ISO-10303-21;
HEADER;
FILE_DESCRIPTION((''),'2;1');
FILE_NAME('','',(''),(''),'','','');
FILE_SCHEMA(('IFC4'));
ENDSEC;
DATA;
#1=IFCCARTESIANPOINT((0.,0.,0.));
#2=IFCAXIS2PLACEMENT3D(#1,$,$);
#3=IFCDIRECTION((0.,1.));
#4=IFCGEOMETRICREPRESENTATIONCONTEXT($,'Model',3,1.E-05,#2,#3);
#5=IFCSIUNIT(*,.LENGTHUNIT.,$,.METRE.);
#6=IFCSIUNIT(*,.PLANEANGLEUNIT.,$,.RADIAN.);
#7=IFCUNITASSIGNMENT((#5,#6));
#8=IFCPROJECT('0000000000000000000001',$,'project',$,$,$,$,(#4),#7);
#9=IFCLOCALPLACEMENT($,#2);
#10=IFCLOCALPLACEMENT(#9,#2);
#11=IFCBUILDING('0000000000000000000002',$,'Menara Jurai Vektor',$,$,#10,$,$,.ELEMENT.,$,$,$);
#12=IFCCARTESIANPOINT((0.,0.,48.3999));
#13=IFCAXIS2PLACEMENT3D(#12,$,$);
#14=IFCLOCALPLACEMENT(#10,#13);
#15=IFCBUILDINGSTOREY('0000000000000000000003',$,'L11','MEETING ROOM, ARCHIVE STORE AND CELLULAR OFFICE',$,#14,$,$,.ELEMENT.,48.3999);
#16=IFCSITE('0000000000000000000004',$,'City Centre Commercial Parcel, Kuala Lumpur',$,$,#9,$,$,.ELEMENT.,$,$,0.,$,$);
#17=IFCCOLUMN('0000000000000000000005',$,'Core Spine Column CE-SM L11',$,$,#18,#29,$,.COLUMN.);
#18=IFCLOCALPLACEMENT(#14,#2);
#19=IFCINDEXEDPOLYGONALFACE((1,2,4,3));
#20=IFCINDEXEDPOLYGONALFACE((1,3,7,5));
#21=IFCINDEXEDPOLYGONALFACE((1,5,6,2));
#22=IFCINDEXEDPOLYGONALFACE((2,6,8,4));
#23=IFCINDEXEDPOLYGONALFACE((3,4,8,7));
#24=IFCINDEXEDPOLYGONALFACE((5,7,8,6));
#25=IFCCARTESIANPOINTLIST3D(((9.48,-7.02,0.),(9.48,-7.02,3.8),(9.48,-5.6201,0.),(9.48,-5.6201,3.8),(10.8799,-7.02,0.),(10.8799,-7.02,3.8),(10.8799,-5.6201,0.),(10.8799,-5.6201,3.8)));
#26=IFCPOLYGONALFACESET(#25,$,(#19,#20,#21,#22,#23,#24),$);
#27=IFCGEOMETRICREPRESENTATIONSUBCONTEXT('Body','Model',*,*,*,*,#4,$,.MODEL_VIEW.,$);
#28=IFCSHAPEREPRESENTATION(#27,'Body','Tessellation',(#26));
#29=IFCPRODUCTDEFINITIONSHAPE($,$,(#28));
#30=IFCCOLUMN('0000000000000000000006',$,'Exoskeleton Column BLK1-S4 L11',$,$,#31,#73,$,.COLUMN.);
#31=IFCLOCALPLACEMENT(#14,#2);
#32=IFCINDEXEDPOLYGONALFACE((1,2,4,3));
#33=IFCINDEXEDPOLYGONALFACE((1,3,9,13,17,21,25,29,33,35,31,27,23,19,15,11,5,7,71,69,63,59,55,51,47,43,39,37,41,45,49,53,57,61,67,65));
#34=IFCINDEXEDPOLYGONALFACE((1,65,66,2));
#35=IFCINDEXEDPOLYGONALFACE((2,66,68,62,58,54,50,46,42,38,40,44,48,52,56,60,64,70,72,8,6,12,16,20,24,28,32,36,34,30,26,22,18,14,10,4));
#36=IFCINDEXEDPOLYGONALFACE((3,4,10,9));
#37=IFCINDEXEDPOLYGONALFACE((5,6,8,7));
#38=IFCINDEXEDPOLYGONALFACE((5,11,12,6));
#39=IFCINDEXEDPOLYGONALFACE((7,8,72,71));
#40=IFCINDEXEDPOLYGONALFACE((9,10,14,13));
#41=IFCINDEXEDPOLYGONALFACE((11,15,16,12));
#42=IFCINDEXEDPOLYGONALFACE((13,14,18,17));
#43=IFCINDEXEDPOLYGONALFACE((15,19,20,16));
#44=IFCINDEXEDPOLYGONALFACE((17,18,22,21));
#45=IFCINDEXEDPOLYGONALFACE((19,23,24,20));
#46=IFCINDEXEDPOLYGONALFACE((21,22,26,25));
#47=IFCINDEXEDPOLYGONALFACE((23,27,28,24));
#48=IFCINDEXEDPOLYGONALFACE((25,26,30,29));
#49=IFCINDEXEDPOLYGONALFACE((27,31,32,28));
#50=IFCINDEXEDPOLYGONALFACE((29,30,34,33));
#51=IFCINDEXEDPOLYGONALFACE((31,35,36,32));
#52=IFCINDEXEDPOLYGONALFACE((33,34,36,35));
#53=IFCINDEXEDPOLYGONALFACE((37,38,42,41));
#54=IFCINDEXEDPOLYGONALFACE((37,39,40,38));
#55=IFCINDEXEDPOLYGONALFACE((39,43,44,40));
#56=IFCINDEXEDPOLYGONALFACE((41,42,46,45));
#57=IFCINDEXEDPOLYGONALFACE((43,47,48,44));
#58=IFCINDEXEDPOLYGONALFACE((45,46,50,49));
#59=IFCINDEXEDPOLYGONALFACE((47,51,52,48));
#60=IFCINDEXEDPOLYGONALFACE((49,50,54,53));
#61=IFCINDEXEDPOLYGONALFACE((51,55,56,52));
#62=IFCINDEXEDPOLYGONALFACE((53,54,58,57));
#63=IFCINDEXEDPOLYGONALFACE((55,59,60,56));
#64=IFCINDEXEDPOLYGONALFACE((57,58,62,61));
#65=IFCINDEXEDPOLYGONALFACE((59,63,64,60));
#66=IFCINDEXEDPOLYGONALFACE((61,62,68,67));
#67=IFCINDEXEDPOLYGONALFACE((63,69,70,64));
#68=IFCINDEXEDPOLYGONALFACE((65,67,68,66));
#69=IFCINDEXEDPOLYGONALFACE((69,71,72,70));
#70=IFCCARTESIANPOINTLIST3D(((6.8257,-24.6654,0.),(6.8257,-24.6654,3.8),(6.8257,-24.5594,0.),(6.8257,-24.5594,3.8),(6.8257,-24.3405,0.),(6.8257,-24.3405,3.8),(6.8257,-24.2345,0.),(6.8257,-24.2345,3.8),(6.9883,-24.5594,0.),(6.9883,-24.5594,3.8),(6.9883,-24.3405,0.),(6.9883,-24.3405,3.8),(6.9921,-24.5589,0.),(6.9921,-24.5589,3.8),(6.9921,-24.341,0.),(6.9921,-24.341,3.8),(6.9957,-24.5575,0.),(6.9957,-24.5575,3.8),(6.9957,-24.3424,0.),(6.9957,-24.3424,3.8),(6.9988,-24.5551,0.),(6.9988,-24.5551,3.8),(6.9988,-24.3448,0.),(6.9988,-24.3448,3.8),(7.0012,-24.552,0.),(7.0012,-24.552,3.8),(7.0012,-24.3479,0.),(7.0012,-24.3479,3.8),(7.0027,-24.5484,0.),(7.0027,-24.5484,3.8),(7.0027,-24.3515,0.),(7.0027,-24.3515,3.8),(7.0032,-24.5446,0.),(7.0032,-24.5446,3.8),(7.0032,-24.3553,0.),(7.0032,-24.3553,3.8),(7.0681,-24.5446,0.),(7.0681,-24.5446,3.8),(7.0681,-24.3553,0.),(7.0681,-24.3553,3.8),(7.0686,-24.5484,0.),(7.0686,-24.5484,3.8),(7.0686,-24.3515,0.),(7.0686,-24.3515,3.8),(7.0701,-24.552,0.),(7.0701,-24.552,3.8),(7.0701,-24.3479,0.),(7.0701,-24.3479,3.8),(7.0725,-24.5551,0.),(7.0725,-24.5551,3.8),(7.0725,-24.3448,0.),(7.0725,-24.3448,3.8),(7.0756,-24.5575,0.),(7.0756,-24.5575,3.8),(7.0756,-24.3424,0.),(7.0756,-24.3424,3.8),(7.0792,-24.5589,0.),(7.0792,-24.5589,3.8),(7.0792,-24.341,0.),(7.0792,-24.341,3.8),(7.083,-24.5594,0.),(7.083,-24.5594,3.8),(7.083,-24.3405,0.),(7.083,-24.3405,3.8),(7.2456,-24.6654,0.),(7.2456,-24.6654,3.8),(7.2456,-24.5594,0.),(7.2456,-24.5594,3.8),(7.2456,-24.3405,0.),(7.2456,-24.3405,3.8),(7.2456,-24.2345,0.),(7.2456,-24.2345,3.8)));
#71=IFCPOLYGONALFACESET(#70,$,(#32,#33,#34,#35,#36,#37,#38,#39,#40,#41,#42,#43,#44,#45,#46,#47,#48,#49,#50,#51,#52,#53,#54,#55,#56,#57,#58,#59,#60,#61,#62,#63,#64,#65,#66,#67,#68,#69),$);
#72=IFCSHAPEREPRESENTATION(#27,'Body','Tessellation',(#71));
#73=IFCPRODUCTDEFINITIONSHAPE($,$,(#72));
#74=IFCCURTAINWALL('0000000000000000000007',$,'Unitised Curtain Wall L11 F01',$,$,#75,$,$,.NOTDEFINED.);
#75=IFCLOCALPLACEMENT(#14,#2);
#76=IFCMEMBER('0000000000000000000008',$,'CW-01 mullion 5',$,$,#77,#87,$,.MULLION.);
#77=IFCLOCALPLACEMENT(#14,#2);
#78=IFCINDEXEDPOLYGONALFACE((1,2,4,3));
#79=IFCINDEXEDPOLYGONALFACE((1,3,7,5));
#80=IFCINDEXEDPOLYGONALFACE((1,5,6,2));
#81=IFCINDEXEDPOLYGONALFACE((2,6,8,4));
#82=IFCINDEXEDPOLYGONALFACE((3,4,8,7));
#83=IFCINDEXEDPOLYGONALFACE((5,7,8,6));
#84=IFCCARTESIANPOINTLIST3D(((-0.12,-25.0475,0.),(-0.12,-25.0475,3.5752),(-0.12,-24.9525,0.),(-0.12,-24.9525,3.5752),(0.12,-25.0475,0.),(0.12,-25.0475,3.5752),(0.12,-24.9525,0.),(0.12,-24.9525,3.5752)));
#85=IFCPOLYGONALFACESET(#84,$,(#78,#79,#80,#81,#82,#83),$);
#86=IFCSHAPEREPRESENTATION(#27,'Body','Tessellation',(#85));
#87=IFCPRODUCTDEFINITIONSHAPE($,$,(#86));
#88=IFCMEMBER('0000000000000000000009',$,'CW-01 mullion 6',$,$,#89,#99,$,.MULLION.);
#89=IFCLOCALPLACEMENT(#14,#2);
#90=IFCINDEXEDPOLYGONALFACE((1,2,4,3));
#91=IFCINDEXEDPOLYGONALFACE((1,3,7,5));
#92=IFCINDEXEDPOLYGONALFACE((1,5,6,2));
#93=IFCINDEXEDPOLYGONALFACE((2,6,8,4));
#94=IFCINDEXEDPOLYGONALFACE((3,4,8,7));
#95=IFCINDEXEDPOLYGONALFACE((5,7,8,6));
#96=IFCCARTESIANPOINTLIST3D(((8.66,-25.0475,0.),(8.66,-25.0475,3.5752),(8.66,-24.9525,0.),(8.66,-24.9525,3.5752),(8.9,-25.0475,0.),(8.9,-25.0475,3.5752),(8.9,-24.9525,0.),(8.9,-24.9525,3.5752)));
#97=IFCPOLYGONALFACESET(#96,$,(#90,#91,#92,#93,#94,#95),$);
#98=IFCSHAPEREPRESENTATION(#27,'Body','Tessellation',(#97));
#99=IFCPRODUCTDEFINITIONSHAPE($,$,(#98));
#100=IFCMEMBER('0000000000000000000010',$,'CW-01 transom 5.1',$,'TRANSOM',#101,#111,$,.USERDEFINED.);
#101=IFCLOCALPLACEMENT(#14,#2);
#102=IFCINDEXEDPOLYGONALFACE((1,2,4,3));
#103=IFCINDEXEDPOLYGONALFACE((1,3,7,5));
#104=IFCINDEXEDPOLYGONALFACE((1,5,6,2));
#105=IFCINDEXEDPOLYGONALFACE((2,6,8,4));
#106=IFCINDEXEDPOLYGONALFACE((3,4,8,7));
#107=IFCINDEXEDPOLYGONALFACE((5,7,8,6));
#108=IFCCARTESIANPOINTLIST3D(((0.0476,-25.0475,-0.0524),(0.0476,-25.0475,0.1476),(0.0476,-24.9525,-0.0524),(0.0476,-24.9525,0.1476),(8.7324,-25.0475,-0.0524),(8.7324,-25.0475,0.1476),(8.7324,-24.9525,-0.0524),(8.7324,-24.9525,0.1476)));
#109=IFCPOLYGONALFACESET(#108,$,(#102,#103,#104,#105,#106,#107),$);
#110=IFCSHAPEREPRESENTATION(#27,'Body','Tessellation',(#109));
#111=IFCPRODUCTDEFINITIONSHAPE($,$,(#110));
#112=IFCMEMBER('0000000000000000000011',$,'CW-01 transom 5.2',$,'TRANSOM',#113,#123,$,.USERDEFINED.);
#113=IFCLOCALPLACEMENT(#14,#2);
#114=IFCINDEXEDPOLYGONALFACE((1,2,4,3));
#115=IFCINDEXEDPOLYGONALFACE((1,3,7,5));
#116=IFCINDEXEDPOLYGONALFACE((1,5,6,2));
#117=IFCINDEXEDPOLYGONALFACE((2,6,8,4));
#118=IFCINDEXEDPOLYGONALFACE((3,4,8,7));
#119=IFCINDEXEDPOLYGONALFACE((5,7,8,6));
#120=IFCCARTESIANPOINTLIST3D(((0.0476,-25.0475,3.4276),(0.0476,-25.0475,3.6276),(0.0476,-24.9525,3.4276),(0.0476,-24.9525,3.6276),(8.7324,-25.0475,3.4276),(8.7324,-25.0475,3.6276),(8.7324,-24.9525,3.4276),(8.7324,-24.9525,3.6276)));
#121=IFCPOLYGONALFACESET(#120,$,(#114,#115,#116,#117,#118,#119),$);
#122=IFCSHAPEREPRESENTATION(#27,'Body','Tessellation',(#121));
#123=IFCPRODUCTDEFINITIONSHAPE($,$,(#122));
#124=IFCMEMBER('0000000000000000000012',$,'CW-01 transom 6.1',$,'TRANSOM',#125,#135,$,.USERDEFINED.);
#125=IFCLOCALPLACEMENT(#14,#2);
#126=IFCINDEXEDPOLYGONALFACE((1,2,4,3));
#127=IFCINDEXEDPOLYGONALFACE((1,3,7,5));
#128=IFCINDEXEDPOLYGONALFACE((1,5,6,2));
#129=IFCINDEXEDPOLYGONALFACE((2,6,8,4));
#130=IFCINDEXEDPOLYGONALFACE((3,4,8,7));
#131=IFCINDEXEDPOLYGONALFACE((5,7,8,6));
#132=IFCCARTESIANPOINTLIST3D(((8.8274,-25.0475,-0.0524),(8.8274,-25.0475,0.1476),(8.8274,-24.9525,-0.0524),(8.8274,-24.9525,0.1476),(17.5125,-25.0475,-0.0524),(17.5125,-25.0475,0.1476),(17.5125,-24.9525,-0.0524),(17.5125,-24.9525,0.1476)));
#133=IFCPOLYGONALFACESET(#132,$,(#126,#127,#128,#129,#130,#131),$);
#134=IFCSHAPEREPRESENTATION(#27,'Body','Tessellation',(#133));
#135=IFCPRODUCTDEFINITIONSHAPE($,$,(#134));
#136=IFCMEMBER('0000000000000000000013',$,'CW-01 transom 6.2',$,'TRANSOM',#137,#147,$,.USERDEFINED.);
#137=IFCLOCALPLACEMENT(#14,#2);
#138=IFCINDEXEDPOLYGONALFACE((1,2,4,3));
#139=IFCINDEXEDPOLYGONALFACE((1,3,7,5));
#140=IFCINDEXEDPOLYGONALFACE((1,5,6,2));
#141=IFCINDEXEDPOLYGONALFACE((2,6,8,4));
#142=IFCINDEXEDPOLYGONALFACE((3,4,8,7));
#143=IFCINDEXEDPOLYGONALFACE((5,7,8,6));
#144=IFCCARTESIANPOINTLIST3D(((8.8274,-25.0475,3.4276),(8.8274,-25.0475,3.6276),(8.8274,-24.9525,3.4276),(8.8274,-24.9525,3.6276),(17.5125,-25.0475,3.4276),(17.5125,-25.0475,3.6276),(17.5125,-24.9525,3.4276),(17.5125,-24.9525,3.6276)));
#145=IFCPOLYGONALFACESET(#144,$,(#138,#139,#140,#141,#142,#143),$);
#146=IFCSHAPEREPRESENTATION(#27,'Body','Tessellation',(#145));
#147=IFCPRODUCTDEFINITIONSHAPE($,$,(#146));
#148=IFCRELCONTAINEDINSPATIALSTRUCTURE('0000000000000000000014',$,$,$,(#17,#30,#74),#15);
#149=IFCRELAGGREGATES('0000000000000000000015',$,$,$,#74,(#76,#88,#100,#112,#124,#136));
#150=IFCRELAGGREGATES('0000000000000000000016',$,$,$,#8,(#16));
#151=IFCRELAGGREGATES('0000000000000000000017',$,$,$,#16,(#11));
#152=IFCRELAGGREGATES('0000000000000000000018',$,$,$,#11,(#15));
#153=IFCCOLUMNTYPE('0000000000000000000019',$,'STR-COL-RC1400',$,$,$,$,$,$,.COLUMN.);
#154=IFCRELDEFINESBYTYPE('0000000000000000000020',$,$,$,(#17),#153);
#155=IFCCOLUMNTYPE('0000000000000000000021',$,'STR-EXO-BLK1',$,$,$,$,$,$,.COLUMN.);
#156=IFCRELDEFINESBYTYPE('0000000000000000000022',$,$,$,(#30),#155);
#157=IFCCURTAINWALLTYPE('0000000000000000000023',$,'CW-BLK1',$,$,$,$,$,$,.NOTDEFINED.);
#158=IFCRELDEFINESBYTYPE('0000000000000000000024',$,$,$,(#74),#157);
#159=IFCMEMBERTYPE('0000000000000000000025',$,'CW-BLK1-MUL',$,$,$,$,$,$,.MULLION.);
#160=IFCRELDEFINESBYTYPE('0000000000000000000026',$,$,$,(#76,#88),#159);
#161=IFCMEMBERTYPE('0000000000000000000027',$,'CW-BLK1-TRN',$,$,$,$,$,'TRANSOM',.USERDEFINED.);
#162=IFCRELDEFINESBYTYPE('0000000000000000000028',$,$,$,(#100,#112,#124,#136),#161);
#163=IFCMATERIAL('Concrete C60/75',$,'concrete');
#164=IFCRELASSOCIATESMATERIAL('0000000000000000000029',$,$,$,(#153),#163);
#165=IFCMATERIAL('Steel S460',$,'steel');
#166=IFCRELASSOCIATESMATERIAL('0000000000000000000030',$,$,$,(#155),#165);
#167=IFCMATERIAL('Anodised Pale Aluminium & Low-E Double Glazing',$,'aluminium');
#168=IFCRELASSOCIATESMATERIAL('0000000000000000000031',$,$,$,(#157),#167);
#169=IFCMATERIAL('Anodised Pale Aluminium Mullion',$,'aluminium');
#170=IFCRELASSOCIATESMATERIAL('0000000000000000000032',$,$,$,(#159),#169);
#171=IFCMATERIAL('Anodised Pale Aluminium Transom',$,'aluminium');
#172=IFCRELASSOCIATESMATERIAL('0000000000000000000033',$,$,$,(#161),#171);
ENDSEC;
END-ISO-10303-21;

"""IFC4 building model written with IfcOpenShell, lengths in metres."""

from ifc_helpers import new_model, si_unit, direction, frame, origin, origin_2d, place, context, subcontext, project, spatial, rectangle, i_section, extrude, material, material_profile, profile_set, type_object, element, aggregate, save


model = new_model("IFC4")

# Units and contexts
model_context = context("Model", 3, precision=1e-05, world=origin(), true_north=direction((0.0, 1.0)))
body_context = subcontext(model_context, "Body", "Model", "MODEL_VIEW")
ifc_project = project(units=[si_unit("LENGTHUNIT", "METRE"), si_unit("PLANEANGLEUNIT", "RADIAN")], contexts=[model_context])

# Site, building, storey
site_placement = place(None, origin())
site = spatial("IfcSite", under=ifc_project, at=site_placement, Name="City Centre Commercial Parcel, Kuala Lumpur", CompositionType="ELEMENT", RefElevation=0.0)
building_placement = place(site_placement, origin())
building = spatial("IfcBuilding", under=site, at=building_placement, Name="Menara Jurai Vektor", CompositionType="ELEMENT")
storey_placement = place(building_placement, frame((0.0, 0.0, 48.3999)))
storey = spatial("IfcBuildingStorey", under=building, at=storey_placement, Name="L11", Description="MEETING ROOM, ARCHIVE STORE AND CELLULAR OFFICE", CompositionType="ELEMENT", Elevation=48.3999)

# Columns
ifc_material_1 = material(Name="Concrete C60/75", Category="concrete")
ifc_material_profile_1 = material_profile(ifc_material_1, rectangle(XDim=1.3999, YDim=1.3999, at=origin_2d()), Name="RC 1400x1400")
ifc_profile_set_1 = profile_set([ifc_material_profile_1], Name="Concrete C60/75")
column_type_1 = type_object("IfcColumnType", Name="STR-COL-RC1400", PredefinedType="COLUMN", material=ifc_profile_set_1)
column_1_placement = place(storey_placement, frame((10.1799, -6.3201, 0.0), z_axis=(0.0, 0.0, 1.0), x_axis=(1.0, 0.0, 0.0)))
element("IfcColumn", 1, at=column_1_placement, inside=storey, type_object=column_type_1, Name="Core Spine Column CE-SM L11", PredefinedType="COLUMN", context=body_context, shape_type="SweptSolid", body=[
    extrude(rectangle(XDim=1.3999, YDim=1.3999, at=origin_2d()), origin(), (0.0, 0.0, 1.0), 3.8),
])
ifc_material_2 = material(Name="Steel S460", Category="steel")
ifc_material_profile_2 = material_profile(ifc_material_2, i_section(OverallWidth=0.4199, OverallDepth=0.4309, WebThickness=0.0649, FlangeThickness=0.106, FilletRadius=0.0149, at=origin_2d()), Name="HD 400x900")
ifc_profile_set_2 = profile_set([ifc_material_profile_2], Name="Steel S460")
column_type_2 = type_object("IfcColumnType", Name="STR-EXO-BLK1", PredefinedType="COLUMN", material=ifc_profile_set_2)
column_2_placement = place(storey_placement, frame((7.0356, -24.45, 0.0), z_axis=(0.0, 0.0, 1.0), x_axis=(1.0, 0.0, 0.0)))
element("IfcColumn", 2, at=column_2_placement, inside=storey, type_object=column_type_2, Name="Exoskeleton Column BLK1-S4 L11", PredefinedType="COLUMN", context=body_context, shape_type="SweptSolid", body=[
    extrude(i_section(OverallWidth=0.4199, OverallDepth=0.4309, WebThickness=0.0649, FlangeThickness=0.106, FilletRadius=0.0149, at=origin_2d()), origin(), (0.0, 0.0, 1.0), 3.8),
])

# Curtain wall, members
ifc_material_3 = material(Name="Anodised Pale Aluminium & Low-E Double Glazing", Category="aluminium")
curtain_wall_type = type_object("IfcCurtainWallType", Name="CW-BLK1", PredefinedType="NOTDEFINED", material=ifc_material_3)
curtain_wall_placement = place(storey_placement, origin())
curtain_wall = element("IfcCurtainWall", 3, at=curtain_wall_placement, inside=storey, type_object=curtain_wall_type, Name="Unitised Curtain Wall L11 F01", PredefinedType="NOTDEFINED")
ifc_material_4 = material(Name="Anodised Pale Aluminium Mullion", Category="aluminium")
ifc_material_profile_3 = material_profile(ifc_material_4, rectangle(XDim=0.095, YDim=0.24, at=origin_2d()), Name="ALU MUL 95x240")
ifc_profile_set_3 = profile_set([ifc_material_profile_3], Name="Anodised Pale Aluminium Mullion")
member_type_1 = type_object("IfcMemberType", Name="CW-BLK1-MUL", PredefinedType="MULLION", material=ifc_profile_set_3)
member_1_placement = place(storey_placement, frame((0.0, -25.0, 0.0), z_axis=(0.0, 0.0, 1.0), x_axis=(0.0, 1.0, 0.0)))
member_1 = element("IfcMember", 4, at=member_1_placement, type_object=member_type_1, Name="CW-01 mullion 5", PredefinedType="MULLION", context=body_context, shape_type="SweptSolid", body=[
    extrude(rectangle(XDim=0.095, YDim=0.24, at=origin_2d()), origin(), (0.0, 0.0, 1.0), 3.5752),
])
member_2_placement = place(storey_placement, frame((8.78, -25.0, 0.0), z_axis=(0.0, 0.0, 1.0), x_axis=(0.0, 1.0, 0.0)))
member_2 = element("IfcMember", 5, at=member_2_placement, type_object=member_type_1, Name="CW-01 mullion 6", PredefinedType="MULLION", context=body_context, shape_type="SweptSolid", body=[
    extrude(rectangle(XDim=0.095, YDim=0.24, at=origin_2d()), origin(), (0.0, 0.0, 1.0), 3.5752),
])
ifc_material_5 = material(Name="Anodised Pale Aluminium Transom", Category="aluminium")
ifc_material_profile_4 = material_profile(ifc_material_5, rectangle(XDim=0.095, YDim=0.2, at=origin_2d()), Name="ALU TRN 95x200")
ifc_profile_set_4 = profile_set([ifc_material_profile_4], Name="Anodised Pale Aluminium Transom")
member_type_2 = type_object("IfcMemberType", Name="CW-BLK1-TRN", ElementType="TRANSOM", PredefinedType="USERDEFINED", material=ifc_profile_set_4)
member_3_placement = place(storey_placement, frame((0.0476, -25.0, 0.0476), z_axis=(1.0, 0.0, 0.0), x_axis=(0.0, 1.0, 0.0)))
member_3 = element("IfcMember", 6, at=member_3_placement, type_object=member_type_2, Name="CW-01 transom 5.1", ObjectType="TRANSOM", PredefinedType="USERDEFINED", context=body_context, shape_type="SweptSolid", body=[
    extrude(rectangle(XDim=0.095, YDim=0.2, at=origin_2d()), origin(), (0.0, 0.0, 1.0), 8.6848),
])
member_4_placement = place(storey_placement, frame((0.0476, -25.0, 3.5276), z_axis=(1.0, 0.0, 0.0), x_axis=(0.0, 1.0, 0.0)))
member_4 = element("IfcMember", 7, at=member_4_placement, type_object=member_type_2, Name="CW-01 transom 5.2", ObjectType="TRANSOM", PredefinedType="USERDEFINED", context=body_context, shape_type="SweptSolid", body=[
    extrude(rectangle(XDim=0.095, YDim=0.2, at=origin_2d()), origin(), (0.0, 0.0, 1.0), 8.6848),
])
member_5_placement = place(storey_placement, frame((8.8274, -25.0, 0.0476), z_axis=(1.0, 0.0, 0.0), x_axis=(0.0, 1.0, 0.0)))
member_5 = element("IfcMember", 8, at=member_5_placement, type_object=member_type_2, Name="CW-01 transom 6.1", ObjectType="TRANSOM", PredefinedType="USERDEFINED", context=body_context, shape_type="SweptSolid", body=[
    extrude(rectangle(XDim=0.095, YDim=0.2, at=origin_2d()), origin(), (0.0, 0.0, 1.0), 8.6851),
])
member_6_placement = place(storey_placement, frame((8.8274, -25.0, 3.5276), z_axis=(1.0, 0.0, 0.0), x_axis=(0.0, 1.0, 0.0)))
member_6 = element("IfcMember", 9, at=member_6_placement, type_object=member_type_2, Name="CW-01 transom 6.2", ObjectType="TRANSOM", PredefinedType="USERDEFINED", context=body_context, shape_type="SweptSolid", body=[
    extrude(rectangle(XDim=0.095, YDim=0.2, at=origin_2d()), origin(), (0.0, 0.0, 1.0), 8.6851),
])

aggregate(curtain_wall, [member_1, member_2, member_3, member_4, member_5, member_6])

save(model, "model.ifc")
